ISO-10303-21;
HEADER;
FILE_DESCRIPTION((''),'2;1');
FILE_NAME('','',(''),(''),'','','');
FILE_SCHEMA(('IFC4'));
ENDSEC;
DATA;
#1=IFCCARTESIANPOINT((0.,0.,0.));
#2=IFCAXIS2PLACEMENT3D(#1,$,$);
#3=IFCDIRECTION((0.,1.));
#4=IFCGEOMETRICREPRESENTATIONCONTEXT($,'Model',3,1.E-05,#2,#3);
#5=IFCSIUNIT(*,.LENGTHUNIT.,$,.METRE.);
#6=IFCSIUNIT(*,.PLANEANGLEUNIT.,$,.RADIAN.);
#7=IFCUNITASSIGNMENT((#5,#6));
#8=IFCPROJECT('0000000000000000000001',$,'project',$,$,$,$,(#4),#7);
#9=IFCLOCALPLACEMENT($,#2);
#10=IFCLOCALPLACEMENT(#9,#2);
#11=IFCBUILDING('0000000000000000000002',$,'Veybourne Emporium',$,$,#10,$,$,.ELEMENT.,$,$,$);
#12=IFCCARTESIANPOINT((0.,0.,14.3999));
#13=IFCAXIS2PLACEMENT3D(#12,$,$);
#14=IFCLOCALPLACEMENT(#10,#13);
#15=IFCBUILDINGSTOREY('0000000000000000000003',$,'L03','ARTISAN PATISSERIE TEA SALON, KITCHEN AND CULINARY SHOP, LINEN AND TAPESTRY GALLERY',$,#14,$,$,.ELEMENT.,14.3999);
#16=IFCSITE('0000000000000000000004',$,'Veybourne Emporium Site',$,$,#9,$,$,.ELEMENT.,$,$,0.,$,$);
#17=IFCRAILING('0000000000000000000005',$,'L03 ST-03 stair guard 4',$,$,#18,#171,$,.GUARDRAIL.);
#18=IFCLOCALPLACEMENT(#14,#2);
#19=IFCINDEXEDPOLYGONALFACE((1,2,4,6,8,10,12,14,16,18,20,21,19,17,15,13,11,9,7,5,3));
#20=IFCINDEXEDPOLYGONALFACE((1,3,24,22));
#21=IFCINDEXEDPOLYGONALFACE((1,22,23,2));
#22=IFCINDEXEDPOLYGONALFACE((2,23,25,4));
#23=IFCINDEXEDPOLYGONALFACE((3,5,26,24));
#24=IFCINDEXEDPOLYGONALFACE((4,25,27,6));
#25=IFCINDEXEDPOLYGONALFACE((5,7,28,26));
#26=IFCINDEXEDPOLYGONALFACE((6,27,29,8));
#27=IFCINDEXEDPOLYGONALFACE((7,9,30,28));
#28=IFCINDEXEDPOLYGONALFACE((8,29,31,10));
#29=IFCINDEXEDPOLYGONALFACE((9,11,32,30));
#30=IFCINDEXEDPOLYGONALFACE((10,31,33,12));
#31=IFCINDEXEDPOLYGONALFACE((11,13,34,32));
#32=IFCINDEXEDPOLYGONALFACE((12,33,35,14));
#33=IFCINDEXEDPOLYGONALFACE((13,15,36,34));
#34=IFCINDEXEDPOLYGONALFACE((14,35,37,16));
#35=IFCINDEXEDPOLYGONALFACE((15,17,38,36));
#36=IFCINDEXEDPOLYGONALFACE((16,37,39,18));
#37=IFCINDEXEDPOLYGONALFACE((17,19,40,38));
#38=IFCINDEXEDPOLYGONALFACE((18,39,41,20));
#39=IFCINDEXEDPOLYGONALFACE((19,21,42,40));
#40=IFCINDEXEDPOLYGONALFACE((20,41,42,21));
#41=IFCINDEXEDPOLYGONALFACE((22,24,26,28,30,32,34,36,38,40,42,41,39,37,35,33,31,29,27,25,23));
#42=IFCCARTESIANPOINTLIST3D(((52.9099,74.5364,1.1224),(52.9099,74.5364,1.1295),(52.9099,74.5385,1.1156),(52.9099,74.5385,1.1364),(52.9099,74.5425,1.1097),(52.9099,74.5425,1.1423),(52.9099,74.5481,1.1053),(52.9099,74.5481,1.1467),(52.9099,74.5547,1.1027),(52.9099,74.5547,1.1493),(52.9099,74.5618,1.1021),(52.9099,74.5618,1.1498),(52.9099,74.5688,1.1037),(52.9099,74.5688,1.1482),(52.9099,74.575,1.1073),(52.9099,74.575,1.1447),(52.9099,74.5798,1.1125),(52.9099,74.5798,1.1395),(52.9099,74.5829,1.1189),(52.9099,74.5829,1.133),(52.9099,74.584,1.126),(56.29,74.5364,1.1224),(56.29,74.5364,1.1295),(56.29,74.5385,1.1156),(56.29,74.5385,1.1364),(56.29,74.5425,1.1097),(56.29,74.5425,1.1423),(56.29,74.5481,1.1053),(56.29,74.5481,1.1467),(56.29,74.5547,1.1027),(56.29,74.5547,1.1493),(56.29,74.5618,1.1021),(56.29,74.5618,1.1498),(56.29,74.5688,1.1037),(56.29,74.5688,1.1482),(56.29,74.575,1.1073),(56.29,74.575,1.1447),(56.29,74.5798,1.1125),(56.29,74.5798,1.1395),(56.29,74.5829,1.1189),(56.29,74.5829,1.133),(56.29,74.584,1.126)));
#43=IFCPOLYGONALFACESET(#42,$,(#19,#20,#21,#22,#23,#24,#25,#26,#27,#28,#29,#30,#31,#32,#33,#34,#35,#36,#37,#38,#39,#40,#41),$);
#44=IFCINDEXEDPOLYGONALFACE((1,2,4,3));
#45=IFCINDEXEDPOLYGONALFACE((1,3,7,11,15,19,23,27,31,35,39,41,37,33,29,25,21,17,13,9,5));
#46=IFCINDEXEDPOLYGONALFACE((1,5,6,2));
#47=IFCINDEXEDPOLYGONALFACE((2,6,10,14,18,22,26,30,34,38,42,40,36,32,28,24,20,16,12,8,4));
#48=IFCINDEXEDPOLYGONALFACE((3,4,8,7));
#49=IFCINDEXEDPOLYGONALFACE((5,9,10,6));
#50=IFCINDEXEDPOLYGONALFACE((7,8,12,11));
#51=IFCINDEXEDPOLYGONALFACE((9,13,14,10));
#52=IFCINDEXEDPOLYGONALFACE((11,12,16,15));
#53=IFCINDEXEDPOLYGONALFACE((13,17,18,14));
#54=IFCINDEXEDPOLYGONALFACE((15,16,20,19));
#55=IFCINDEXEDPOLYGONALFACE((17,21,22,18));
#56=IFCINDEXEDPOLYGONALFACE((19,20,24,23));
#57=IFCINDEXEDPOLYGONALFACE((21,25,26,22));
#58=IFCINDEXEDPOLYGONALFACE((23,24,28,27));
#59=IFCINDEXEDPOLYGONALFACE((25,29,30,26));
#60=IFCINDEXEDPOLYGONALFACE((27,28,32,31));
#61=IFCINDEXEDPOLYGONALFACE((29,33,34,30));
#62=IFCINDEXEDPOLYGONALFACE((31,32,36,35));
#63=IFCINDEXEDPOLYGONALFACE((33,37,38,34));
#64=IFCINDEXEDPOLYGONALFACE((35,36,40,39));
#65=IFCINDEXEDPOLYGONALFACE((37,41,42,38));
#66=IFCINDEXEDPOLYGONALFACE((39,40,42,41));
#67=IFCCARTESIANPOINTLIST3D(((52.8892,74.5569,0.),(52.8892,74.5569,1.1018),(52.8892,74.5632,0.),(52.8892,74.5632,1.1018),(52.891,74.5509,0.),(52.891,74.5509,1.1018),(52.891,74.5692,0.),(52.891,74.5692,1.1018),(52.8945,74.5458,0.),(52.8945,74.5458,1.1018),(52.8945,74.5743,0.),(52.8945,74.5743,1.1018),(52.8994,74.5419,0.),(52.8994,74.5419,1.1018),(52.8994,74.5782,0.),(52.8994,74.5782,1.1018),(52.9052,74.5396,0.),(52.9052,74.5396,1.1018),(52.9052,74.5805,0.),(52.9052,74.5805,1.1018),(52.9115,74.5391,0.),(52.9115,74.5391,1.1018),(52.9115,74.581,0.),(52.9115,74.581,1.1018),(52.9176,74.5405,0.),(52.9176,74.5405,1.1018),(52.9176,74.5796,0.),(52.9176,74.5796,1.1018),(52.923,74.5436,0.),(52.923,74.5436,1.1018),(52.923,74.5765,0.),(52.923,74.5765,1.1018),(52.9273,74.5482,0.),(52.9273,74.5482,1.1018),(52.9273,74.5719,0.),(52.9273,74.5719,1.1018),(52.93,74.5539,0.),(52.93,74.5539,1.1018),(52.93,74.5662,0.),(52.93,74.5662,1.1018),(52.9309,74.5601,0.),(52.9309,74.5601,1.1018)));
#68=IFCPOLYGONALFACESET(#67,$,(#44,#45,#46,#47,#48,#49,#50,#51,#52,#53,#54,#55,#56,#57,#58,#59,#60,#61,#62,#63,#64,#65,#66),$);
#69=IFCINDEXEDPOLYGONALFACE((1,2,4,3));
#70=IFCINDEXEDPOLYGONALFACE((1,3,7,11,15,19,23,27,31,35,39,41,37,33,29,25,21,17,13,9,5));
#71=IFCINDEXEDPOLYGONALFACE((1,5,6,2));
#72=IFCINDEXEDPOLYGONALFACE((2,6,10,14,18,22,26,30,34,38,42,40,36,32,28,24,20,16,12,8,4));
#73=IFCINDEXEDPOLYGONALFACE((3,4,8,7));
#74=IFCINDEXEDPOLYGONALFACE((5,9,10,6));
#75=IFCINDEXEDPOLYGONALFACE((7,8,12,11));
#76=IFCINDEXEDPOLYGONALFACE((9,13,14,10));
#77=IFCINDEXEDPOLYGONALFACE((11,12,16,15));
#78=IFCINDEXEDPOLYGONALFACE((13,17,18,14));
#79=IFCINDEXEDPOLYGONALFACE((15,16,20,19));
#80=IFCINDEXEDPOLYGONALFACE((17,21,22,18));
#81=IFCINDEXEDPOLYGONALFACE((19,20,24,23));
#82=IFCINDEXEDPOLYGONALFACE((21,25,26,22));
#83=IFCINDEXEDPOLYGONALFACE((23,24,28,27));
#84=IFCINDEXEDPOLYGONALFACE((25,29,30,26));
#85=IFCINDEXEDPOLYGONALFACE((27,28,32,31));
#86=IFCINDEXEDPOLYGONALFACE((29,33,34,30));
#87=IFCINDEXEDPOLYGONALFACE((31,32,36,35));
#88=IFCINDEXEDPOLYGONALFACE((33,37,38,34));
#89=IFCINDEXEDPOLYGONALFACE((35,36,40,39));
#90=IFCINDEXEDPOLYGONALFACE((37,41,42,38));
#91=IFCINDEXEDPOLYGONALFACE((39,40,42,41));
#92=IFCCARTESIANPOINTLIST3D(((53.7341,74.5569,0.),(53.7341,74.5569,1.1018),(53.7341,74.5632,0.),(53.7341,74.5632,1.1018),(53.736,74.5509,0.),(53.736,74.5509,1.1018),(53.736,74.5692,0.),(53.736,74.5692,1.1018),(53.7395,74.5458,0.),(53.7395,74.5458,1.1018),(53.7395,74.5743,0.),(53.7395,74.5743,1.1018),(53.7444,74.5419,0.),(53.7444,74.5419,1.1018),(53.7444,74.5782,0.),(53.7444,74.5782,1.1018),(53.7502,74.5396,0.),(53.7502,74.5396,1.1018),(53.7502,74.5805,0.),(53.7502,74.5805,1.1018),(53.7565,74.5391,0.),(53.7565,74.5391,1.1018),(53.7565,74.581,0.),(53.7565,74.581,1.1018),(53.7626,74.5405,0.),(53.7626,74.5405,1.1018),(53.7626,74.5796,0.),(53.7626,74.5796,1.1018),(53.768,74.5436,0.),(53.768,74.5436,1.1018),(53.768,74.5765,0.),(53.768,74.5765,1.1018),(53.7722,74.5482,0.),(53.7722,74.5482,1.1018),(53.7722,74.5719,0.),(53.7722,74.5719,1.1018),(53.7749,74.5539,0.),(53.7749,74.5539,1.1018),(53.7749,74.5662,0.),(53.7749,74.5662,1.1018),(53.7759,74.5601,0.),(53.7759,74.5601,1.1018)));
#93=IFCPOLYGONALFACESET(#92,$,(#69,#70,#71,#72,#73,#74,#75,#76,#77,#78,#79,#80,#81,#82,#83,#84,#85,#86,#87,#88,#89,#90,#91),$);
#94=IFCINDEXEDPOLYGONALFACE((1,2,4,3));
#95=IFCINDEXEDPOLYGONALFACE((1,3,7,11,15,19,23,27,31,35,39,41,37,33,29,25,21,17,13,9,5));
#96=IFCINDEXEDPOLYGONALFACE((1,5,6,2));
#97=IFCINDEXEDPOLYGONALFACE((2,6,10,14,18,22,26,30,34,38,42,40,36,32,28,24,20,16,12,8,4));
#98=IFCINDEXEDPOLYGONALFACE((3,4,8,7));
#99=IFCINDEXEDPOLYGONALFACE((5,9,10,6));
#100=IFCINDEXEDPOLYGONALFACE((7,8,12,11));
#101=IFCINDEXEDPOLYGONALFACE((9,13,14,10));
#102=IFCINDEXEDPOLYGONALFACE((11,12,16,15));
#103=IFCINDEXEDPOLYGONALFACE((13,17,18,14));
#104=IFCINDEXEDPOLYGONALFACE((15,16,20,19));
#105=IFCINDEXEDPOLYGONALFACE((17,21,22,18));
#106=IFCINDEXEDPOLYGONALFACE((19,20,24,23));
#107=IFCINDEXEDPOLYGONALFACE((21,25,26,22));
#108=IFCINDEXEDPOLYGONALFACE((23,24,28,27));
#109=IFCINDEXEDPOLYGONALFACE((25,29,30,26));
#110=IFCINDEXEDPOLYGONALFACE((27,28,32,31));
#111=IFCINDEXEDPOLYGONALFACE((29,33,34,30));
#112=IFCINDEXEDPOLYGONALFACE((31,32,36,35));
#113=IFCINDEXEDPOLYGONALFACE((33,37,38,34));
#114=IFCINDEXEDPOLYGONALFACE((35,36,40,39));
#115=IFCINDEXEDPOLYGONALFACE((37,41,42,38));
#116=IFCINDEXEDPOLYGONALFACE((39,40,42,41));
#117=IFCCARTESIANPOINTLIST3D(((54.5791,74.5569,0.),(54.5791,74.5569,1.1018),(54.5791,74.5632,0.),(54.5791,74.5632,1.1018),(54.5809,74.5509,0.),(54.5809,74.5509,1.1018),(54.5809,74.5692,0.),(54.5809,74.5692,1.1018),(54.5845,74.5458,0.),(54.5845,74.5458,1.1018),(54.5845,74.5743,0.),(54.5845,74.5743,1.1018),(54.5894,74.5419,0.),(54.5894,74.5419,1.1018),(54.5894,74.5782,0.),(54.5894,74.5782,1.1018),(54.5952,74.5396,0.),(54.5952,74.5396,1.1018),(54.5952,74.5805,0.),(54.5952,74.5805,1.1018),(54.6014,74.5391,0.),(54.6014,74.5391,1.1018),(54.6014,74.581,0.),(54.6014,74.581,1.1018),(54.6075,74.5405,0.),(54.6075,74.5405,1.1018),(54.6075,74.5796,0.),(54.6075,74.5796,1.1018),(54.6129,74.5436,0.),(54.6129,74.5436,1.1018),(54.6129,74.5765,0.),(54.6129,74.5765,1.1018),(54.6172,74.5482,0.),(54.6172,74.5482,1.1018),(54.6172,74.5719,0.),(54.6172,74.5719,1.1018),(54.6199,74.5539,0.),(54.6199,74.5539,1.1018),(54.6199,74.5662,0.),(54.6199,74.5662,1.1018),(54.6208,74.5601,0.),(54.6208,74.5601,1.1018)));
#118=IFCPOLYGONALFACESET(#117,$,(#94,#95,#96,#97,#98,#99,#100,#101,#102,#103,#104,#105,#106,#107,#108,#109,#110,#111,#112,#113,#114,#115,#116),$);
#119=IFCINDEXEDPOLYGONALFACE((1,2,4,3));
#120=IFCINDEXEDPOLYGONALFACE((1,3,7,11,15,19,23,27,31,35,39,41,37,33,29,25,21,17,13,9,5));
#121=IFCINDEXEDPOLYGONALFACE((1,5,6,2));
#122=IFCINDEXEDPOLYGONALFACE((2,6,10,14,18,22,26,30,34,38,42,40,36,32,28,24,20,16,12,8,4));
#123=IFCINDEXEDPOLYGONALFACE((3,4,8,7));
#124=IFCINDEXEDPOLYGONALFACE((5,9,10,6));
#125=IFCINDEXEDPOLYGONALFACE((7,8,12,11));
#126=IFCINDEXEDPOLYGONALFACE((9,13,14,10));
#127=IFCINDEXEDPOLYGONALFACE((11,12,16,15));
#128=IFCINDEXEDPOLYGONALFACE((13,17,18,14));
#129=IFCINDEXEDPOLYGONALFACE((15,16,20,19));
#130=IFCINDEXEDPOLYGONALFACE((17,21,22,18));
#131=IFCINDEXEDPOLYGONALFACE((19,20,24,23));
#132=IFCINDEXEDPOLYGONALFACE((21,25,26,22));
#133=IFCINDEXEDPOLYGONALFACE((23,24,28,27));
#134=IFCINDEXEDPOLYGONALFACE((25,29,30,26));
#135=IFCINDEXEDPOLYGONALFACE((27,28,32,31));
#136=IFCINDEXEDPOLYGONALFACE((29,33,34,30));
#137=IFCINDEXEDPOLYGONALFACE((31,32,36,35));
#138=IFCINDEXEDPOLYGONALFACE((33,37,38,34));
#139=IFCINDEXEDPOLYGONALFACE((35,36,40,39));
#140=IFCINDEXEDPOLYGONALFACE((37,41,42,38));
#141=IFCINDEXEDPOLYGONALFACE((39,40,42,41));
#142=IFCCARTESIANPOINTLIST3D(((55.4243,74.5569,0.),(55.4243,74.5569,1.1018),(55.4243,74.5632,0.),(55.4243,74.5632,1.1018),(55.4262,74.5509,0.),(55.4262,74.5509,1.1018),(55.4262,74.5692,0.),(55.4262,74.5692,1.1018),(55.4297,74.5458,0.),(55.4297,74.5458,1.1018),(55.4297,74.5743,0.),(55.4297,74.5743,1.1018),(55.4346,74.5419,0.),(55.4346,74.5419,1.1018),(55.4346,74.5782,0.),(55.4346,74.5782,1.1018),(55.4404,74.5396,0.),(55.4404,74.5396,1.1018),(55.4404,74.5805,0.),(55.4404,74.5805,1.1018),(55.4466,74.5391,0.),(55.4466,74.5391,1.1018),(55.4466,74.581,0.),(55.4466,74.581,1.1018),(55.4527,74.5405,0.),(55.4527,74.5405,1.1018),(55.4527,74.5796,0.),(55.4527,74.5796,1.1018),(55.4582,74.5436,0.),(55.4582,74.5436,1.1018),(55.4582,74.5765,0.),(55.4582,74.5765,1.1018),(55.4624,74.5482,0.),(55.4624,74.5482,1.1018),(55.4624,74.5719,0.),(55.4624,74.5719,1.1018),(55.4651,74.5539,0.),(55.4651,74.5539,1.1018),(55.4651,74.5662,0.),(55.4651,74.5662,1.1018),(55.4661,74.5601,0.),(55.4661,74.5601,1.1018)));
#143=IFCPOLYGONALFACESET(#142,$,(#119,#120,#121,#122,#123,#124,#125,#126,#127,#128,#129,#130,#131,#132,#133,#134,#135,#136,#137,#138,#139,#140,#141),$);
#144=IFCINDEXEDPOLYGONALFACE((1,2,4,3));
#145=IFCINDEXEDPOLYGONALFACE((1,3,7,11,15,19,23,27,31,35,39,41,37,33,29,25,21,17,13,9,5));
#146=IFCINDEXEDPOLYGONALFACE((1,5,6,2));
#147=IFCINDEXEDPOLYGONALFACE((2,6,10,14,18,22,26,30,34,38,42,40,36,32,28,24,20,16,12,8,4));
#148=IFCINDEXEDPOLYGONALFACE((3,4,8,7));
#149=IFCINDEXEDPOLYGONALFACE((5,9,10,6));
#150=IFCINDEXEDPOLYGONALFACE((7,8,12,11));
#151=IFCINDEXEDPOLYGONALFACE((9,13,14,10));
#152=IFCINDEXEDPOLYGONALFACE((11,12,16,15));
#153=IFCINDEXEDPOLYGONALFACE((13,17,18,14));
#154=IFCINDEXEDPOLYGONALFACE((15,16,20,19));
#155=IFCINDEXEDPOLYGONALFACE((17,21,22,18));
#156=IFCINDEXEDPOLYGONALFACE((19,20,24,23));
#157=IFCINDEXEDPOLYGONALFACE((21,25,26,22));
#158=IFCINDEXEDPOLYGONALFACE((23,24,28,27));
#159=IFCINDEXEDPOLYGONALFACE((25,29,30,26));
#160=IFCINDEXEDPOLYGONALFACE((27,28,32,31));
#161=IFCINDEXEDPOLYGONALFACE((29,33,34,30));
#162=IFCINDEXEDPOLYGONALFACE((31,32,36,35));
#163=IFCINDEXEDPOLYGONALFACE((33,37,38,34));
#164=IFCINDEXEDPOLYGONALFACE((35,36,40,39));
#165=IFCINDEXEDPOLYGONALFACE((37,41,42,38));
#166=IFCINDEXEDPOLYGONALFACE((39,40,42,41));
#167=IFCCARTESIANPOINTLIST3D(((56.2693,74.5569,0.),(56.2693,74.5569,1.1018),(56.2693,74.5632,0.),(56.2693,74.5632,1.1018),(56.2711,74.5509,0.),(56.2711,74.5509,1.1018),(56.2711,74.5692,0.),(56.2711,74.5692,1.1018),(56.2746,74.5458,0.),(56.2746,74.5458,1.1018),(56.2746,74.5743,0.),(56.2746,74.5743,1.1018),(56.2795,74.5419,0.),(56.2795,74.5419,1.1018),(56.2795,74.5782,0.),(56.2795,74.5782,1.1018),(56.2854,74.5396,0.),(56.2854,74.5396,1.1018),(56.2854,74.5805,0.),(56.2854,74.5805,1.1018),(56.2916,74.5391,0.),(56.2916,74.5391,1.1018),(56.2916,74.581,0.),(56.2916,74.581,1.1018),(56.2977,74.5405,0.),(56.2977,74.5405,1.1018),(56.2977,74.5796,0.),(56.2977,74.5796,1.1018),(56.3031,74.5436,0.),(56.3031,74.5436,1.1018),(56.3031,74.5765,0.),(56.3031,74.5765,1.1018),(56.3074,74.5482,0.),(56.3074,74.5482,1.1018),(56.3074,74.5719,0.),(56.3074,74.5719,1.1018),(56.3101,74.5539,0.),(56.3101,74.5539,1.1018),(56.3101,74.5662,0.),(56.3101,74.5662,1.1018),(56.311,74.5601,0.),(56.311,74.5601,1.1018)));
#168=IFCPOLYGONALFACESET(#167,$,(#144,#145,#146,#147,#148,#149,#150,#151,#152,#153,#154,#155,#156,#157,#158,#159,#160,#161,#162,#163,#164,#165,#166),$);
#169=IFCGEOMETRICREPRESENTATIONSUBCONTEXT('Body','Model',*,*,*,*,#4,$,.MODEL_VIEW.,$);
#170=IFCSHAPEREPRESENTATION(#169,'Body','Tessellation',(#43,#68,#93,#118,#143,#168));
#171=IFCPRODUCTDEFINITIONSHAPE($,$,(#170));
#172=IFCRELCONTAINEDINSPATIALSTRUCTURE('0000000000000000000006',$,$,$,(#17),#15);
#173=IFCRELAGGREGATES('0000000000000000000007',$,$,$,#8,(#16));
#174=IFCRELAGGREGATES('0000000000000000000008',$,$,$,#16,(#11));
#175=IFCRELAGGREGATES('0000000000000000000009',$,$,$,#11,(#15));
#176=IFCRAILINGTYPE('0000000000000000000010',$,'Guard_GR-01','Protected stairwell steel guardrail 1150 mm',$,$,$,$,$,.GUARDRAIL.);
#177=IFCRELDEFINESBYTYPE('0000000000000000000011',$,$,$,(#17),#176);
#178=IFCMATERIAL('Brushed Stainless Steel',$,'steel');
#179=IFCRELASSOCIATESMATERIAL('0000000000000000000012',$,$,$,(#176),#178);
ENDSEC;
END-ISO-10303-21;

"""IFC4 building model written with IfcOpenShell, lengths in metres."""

from ifc_helpers import new_model, si_unit, direction, frame, origin, origin_2d, place, context, subcontext, project, spatial, circle, extrude, material, type_object, element, save


model = new_model("IFC4")

# Units and contexts
model_context = context("Model", 3, precision=1e-05, world=origin(), true_north=direction((0.0, 1.0)))
body_context = subcontext(model_context, "Body", "Model", "MODEL_VIEW")
ifc_project = project(units=[si_unit("LENGTHUNIT", "METRE"), si_unit("PLANEANGLEUNIT", "RADIAN")], contexts=[model_context])

# Site, building, storey
site_placement = place(None, origin())
site = spatial("IfcSite", under=ifc_project, at=site_placement, Name="Veybourne Emporium Site", CompositionType="ELEMENT", RefElevation=0.0)
building_placement = place(site_placement, origin())
building = spatial("IfcBuilding", under=site, at=building_placement, Name="Veybourne Emporium", CompositionType="ELEMENT")
storey_placement = place(building_placement, frame((0.0, 0.0, 14.3999)))
storey = spatial("IfcBuildingStorey", under=building, at=storey_placement, Name="L03", Description="ARTISAN PATISSERIE TEA SALON, KITCHEN AND CULINARY SHOP, LINEN AND TAPESTRY GALLERY", CompositionType="ELEMENT", Elevation=14.3999)

# Railing
ifc_material_1 = material(Name="Brushed Stainless Steel", Category="steel")
railing_type_1 = type_object("IfcRailingType", Name="Guard_GR-01", Description="Protected stairwell steel guardrail 1150 mm", PredefinedType="GUARDRAIL", material=ifc_material_1)
railing_1_placement = place(storey_placement, frame((52.9099, 74.5601, 0.0)))
element("IfcRailing", 1, at=railing_1_placement, inside=storey, type_object=railing_type_1, Name="L03 ST-03 stair guard 4", PredefinedType="GUARDRAIL", context=body_context, shape_type="SweptSolid", body=[
    extrude(circle(Radius=0.0239, at=origin_2d()), frame((0.0, 0.0, 1.126), z_axis=(1.0, 0.0, 0.0), x_axis=(0.0, 1.0, 0.0)), (0.0, 0.0, 1.0), 3.3801),
    extrude(circle(Radius=0.021, at=origin_2d()), origin(), (0.0, 0.0, 1.0), 1.1018),
    extrude(circle(Radius=0.021, at=origin_2d()), frame((0.845, 0.0, 0.0)), (0.0, 0.0, 1.0), 1.1018),
    extrude(circle(Radius=0.021, at=origin_2d()), frame((1.6899, 0.0, 0.0)), (0.0, 0.0, 1.0), 1.1018),
    extrude(circle(Radius=0.021, at=origin_2d()), frame((2.5352, 0.0, 0.0)), (0.0, 0.0, 1.0), 1.1018),
    extrude(circle(Radius=0.021, at=origin_2d()), frame((3.3801, 0.0, 0.0)), (0.0, 0.0, 1.0), 1.1018),
])

save(model, "model.ifc")
